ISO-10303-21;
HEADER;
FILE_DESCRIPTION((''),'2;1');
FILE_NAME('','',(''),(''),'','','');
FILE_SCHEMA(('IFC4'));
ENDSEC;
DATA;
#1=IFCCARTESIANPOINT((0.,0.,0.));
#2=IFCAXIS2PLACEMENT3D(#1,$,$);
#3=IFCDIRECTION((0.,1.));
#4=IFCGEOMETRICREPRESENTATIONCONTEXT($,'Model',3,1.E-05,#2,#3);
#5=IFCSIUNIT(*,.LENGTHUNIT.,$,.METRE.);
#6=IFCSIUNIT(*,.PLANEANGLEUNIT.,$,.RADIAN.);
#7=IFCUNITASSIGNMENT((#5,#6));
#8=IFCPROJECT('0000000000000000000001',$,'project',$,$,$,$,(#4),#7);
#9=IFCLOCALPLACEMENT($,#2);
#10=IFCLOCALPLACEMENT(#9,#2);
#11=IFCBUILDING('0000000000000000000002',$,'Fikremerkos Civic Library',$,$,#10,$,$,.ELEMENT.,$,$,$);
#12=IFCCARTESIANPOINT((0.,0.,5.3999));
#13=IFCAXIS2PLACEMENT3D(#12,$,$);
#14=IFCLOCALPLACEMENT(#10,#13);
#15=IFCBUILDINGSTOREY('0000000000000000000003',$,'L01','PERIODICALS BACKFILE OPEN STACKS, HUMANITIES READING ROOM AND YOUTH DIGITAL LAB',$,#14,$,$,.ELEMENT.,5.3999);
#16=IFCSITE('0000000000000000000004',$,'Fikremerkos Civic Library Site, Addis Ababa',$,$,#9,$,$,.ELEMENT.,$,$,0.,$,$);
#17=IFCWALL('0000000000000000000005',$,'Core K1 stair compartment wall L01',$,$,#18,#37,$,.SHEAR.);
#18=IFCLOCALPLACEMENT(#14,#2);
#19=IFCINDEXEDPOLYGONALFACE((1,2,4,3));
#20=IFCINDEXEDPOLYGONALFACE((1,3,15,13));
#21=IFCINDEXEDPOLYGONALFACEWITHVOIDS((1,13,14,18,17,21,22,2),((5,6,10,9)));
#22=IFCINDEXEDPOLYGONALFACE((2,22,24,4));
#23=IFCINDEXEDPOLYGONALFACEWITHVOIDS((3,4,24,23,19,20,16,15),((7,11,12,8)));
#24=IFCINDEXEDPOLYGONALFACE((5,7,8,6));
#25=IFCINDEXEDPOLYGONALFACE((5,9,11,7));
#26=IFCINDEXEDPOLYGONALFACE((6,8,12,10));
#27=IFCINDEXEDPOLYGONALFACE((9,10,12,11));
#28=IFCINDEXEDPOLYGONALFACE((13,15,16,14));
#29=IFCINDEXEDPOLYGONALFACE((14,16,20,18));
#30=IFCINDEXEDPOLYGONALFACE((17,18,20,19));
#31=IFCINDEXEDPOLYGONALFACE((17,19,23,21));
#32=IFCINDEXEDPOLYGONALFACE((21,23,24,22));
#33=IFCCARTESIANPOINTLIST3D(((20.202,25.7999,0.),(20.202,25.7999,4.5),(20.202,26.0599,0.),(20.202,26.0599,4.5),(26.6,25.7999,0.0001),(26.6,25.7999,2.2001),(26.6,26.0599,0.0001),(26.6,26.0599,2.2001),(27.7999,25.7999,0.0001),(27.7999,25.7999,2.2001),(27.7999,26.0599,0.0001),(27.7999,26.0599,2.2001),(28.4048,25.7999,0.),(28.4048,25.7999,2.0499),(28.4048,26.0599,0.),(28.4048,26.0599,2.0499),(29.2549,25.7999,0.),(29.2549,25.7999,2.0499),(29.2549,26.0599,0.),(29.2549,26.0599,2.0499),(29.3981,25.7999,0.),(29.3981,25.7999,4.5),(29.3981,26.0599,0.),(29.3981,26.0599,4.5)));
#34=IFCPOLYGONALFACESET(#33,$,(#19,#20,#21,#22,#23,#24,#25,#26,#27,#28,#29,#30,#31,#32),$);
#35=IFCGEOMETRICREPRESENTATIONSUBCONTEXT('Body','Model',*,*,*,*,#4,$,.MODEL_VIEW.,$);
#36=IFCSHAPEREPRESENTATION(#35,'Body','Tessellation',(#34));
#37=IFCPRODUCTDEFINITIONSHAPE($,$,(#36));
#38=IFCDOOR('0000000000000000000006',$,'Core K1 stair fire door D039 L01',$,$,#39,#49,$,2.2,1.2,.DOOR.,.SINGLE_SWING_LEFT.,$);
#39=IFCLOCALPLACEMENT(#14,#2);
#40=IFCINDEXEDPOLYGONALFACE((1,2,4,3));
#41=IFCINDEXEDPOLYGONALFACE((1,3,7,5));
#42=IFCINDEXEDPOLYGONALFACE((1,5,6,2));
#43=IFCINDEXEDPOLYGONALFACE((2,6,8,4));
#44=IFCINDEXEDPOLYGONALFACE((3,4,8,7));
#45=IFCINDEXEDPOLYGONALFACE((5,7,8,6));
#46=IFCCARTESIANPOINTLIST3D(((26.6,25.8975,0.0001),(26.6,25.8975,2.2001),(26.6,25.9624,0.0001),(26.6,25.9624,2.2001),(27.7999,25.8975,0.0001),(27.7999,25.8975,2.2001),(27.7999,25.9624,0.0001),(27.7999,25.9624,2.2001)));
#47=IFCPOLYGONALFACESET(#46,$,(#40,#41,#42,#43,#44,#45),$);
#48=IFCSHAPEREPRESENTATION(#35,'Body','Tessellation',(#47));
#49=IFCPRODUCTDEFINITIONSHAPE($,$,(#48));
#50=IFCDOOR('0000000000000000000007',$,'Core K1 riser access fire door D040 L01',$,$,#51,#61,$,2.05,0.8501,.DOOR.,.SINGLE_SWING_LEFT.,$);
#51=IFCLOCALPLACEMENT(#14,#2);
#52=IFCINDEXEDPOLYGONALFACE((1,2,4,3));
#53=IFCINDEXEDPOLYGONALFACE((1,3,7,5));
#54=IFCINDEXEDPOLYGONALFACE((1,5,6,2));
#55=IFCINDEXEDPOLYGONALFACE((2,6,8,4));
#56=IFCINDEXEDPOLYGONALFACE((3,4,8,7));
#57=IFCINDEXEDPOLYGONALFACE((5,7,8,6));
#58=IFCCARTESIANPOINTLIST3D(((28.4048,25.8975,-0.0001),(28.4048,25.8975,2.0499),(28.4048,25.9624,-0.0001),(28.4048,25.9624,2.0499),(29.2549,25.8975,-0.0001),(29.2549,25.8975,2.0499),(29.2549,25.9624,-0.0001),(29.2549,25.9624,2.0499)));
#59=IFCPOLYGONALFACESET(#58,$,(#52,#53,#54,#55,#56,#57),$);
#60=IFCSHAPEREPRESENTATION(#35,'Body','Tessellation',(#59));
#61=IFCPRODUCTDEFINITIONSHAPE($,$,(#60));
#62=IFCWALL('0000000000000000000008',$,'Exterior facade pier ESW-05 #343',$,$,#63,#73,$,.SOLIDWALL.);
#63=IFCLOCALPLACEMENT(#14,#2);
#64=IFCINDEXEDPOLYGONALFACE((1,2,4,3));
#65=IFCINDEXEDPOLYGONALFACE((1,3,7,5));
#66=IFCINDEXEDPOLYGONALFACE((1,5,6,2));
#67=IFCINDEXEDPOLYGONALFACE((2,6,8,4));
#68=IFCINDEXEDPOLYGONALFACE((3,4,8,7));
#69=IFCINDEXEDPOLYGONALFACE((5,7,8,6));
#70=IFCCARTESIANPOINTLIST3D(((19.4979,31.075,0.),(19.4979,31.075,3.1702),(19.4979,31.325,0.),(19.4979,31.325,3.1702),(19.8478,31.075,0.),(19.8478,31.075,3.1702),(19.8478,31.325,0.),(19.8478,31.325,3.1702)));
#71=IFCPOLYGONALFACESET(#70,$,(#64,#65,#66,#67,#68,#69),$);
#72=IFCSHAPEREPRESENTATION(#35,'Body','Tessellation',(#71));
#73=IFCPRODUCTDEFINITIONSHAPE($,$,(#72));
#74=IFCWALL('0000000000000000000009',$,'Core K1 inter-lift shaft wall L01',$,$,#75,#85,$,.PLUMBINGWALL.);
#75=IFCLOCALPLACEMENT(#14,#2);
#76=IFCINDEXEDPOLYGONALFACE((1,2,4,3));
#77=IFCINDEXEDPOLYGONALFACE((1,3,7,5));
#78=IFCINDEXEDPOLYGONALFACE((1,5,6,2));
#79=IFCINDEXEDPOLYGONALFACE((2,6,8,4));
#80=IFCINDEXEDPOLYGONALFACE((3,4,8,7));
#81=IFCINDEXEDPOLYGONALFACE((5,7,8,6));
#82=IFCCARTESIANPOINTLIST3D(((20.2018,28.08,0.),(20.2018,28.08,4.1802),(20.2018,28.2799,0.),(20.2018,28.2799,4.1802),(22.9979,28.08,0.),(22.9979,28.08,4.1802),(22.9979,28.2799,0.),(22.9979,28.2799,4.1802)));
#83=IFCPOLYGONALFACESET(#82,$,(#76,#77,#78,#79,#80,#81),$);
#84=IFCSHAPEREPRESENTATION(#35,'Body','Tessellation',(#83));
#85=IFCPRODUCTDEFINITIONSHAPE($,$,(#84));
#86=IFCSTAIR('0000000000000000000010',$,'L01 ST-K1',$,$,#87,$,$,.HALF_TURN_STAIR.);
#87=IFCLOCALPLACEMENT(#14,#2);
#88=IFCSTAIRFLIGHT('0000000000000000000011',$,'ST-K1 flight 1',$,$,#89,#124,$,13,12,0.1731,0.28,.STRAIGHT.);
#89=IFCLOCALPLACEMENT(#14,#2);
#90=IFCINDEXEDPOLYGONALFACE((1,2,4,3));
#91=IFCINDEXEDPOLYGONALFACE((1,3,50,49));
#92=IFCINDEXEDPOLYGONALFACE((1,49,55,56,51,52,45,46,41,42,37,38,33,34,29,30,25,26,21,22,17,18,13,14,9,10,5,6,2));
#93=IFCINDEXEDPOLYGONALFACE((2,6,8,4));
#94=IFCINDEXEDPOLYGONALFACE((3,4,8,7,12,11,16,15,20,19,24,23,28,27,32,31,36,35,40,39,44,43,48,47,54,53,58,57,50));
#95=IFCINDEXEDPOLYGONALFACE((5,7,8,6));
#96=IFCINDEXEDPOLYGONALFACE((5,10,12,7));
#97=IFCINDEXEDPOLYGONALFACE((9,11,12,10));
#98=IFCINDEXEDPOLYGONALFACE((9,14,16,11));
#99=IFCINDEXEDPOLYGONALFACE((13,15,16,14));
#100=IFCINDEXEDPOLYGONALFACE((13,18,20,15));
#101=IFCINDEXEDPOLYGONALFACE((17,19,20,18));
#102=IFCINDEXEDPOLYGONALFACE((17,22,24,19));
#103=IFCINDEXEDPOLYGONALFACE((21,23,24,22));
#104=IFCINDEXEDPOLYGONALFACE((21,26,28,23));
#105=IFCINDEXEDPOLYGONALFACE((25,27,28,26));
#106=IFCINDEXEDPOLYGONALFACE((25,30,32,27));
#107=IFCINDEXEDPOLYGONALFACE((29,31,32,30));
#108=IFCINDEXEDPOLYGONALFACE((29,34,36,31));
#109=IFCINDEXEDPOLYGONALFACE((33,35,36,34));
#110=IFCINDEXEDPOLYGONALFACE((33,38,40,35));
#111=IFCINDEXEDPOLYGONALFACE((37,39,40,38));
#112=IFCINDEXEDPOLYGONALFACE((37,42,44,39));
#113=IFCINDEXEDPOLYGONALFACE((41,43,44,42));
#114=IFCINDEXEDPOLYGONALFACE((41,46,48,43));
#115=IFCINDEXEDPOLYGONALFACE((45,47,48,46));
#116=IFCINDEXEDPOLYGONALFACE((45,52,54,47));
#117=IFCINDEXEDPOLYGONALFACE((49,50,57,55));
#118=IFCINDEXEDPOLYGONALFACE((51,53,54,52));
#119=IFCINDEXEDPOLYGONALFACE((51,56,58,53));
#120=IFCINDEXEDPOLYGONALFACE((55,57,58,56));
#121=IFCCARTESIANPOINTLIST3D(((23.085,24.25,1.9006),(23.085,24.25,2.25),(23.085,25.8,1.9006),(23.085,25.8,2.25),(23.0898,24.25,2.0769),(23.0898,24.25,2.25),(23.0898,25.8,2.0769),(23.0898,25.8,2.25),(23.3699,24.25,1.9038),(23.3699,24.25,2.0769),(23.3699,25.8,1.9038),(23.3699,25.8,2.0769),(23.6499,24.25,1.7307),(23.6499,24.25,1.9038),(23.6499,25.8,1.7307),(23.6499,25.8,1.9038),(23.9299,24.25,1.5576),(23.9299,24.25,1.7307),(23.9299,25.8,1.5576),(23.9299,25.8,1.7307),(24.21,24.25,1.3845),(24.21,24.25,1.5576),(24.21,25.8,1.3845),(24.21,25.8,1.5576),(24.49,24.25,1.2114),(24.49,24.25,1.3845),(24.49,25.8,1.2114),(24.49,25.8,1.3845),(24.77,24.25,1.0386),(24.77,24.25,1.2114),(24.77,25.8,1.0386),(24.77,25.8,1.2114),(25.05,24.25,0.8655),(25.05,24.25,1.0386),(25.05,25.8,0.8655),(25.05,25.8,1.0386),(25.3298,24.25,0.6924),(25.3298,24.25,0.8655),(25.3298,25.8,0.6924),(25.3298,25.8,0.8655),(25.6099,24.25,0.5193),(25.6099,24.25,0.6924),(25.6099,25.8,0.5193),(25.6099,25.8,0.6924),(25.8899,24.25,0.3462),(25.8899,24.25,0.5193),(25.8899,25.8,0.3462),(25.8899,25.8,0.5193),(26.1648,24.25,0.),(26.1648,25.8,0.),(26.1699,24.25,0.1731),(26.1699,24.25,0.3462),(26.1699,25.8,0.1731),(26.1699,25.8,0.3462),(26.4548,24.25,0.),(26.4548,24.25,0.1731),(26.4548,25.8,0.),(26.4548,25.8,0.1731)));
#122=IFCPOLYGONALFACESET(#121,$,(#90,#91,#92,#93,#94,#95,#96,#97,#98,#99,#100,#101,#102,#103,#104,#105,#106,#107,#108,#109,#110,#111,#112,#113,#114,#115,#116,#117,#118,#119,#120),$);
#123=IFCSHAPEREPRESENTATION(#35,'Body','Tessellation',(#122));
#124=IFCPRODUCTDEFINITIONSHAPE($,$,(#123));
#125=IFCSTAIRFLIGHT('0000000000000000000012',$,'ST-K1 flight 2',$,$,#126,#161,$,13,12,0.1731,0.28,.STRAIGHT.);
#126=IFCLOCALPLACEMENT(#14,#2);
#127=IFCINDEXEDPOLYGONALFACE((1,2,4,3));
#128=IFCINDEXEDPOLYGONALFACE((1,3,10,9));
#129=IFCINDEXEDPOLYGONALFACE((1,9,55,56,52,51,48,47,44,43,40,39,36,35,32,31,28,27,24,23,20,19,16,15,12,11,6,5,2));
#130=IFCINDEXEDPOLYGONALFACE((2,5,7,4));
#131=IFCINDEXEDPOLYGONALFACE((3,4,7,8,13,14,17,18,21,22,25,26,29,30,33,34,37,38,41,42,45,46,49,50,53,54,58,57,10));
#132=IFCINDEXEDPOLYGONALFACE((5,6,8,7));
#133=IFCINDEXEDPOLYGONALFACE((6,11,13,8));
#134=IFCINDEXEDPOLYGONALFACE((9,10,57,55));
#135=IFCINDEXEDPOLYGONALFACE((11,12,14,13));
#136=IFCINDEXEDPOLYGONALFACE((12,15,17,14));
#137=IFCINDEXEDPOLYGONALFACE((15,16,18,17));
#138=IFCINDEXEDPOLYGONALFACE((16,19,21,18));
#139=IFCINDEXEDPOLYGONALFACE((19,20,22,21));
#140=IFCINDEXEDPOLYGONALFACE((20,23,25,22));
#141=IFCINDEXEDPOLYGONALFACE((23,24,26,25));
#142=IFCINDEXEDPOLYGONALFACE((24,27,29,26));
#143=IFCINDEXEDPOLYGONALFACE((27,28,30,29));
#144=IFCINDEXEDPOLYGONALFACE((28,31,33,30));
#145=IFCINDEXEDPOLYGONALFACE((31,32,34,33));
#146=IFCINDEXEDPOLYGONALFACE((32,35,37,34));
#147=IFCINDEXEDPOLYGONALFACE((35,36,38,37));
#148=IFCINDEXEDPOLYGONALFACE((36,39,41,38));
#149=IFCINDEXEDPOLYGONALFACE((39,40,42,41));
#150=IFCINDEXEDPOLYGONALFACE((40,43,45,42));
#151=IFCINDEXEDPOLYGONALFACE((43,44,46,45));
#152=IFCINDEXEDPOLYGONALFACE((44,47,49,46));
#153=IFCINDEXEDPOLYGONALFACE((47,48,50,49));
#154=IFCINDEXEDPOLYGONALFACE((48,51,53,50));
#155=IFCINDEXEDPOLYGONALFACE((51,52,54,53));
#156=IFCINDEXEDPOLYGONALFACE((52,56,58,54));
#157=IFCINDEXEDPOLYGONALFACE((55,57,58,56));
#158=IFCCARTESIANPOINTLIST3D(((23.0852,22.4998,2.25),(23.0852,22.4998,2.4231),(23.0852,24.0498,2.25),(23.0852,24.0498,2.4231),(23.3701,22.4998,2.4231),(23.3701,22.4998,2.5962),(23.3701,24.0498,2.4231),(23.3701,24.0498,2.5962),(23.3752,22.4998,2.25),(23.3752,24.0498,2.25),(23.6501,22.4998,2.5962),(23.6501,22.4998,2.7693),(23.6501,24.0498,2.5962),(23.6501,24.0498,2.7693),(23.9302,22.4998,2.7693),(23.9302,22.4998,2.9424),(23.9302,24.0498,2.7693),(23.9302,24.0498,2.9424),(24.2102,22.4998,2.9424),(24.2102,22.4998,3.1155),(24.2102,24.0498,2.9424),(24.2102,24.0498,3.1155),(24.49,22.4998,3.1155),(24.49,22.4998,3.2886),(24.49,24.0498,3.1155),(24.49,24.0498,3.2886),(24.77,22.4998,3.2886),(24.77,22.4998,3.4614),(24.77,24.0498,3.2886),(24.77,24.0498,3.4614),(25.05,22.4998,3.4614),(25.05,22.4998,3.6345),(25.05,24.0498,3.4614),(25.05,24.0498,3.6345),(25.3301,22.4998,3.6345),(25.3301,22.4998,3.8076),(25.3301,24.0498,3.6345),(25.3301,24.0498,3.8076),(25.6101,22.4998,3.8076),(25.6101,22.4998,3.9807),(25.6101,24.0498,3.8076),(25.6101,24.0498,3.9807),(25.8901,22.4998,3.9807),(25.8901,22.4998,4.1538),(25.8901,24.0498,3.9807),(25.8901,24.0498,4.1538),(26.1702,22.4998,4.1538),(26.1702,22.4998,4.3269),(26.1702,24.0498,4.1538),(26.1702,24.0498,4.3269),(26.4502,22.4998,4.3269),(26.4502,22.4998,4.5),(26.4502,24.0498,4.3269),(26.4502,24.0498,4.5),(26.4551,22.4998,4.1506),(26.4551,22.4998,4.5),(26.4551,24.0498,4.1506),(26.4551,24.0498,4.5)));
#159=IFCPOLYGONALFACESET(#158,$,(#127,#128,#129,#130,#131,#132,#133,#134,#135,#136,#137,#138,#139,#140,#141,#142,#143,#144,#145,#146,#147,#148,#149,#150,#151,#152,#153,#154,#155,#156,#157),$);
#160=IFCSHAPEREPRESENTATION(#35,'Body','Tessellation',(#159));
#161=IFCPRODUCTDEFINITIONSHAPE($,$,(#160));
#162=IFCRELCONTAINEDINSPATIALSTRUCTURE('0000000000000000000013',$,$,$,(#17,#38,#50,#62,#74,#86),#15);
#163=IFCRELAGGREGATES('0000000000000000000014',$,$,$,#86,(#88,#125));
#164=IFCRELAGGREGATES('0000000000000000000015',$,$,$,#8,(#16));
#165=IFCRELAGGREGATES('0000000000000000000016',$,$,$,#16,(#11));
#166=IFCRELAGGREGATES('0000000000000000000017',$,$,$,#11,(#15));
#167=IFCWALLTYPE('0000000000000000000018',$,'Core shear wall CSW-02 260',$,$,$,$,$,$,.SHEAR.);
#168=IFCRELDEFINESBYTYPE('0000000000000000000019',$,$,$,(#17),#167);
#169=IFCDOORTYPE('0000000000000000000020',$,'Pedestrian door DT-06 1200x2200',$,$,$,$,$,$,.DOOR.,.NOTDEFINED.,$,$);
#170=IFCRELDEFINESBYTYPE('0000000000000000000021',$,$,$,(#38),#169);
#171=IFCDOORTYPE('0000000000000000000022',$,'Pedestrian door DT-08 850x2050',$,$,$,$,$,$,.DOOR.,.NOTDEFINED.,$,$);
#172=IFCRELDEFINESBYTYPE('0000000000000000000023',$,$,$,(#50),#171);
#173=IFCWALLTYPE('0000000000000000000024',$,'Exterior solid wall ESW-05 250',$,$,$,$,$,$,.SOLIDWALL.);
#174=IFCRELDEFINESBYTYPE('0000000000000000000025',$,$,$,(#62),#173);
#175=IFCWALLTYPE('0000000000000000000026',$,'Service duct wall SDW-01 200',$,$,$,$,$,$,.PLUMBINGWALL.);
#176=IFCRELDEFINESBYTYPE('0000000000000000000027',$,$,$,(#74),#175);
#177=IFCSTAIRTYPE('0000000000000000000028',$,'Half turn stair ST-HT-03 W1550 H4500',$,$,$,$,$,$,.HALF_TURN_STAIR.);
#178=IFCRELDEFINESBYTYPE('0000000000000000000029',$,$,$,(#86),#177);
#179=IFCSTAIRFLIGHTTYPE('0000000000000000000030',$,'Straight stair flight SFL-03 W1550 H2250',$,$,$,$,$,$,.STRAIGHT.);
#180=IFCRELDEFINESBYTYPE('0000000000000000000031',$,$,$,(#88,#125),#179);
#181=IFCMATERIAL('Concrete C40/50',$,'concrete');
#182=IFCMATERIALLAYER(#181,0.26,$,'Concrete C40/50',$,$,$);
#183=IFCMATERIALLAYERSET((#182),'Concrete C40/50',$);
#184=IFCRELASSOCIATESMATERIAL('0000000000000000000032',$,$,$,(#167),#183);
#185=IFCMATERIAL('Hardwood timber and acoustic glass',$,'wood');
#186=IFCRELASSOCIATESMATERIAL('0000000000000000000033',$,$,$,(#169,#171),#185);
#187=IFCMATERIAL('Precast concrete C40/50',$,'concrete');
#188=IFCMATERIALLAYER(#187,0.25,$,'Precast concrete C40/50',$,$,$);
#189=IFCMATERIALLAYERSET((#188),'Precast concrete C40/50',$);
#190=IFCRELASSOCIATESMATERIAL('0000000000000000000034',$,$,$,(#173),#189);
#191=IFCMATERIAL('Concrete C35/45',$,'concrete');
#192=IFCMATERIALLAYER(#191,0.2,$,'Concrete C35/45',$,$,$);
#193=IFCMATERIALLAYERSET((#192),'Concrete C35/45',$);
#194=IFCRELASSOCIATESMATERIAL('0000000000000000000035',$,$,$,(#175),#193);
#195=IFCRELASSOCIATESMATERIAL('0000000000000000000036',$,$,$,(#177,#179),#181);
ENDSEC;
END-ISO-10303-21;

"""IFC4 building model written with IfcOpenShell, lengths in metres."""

from ifc_helpers import new_model, si_unit, direction, frame, frame_2d, origin, place, context, subcontext, project, spatial, polyline, rectangle, outline, extrude, material, layer, layer_set, type_object, element, fill, aggregate, save


model = new_model("IFC4")

# Units and contexts
model_context = context("Model", 3, precision=1e-05, world=origin(), true_north=direction((0.0, 1.0)))
body_context = subcontext(model_context, "Body", "Model", "MODEL_VIEW")
ifc_project = project(units=[si_unit("LENGTHUNIT", "METRE"), si_unit("PLANEANGLEUNIT", "RADIAN")], contexts=[model_context])

# Site, building, storey
site_placement = place(None, origin())
site = spatial("IfcSite", under=ifc_project, at=site_placement, Name="Fikremerkos Civic Library Site, Addis Ababa", CompositionType="ELEMENT", RefElevation=0.0)
building_placement = place(site_placement, origin())
building = spatial("IfcBuilding", under=site, at=building_placement, Name="Fikremerkos Civic Library", CompositionType="ELEMENT")
storey_placement = place(building_placement, frame((0.0, 0.0, 5.3999)))
storey = spatial("IfcBuildingStorey", under=building, at=storey_placement, Name="L01", Description="PERIODICALS BACKFILE OPEN STACKS, HUMANITIES READING ROOM AND YOUTH DIGITAL LAB", CompositionType="ELEMENT", Elevation=5.3999)

# Shared definitions
ifc_material_1 = material(Name="Concrete C40/50", Category="concrete")

# Shared definitions
ifc_material_2 = material(Name="Hardwood timber and acoustic glass", Category="wood")

# Wall, openings, doors
ifc_layer_1 = layer(ifc_material_1, 0.26, Name="Concrete C40/50")
ifc_layer_set_1 = layer_set([ifc_layer_1], Name="Concrete C40/50")
wall_type_1 = type_object("IfcWallType", Name="Core shear wall CSW-02 260", PredefinedType="SHEAR", material=ifc_layer_set_1)
wall_1_placement = place(storey_placement, frame((20.2019, 25.9299, 0.0), z_axis=(0.0, 0.0, 1.0), x_axis=(1.0, 0.0, 0.0)))
wall_1 = element("IfcWall", 1, at=wall_1_placement, inside=storey, type_object=wall_type_1, Name="Core K1 stair compartment wall L01", PredefinedType="SHEAR", context=body_context, shape_type="SweptSolid", body=[
    extrude(rectangle(XDim=9.196, YDim=0.26, at=frame_2d((4.5981, 0.0))), origin(), (0.0, 0.0, 1.0), 4.5),
])
opening_1_placement = place(wall_1_placement, frame((6.3979, 0.0, 0.0)))
opening_1 = element("IfcOpeningElement", 2, at=opening_1_placement, cuts=wall_1, PredefinedType="OPENING", context=body_context, shape_type="SweptSolid", body=[
    extrude(rectangle(XDim=1.2, YDim=2.2, at=frame_2d((0.6001, 1.1001))), frame((0.0, 0.1399, 0.0), z_axis=(0.0, -1.0, 0.0), x_axis=(1.0, 0.0, 0.0)), (0.0, 0.0, 1.0), 0.28),
])
opening_2_placement = place(wall_1_placement, frame((8.2029, 0.0, 0.0)))
opening_2 = element("IfcOpeningElement", 3, at=opening_2_placement, cuts=wall_1, PredefinedType="OPENING", context=body_context, shape_type="SweptSolid", body=[
    extrude(rectangle(XDim=0.8501, YDim=2.05, at=frame_2d((0.425, 1.0249))), frame((0.0, 0.1399, 0.0), z_axis=(0.0, -1.0, 0.0), x_axis=(1.0, 0.0, 0.0)), (0.0, 0.0, 1.0), 0.28),
])
door_type_1 = type_object("IfcDoorType", Name="Pedestrian door DT-06 1200x2200", OperationType="NOTDEFINED", PredefinedType="DOOR", material=ifc_material_2)
door_1_placement = place(opening_1_placement, origin())
door_1 = element("IfcDoor", 4, at=door_1_placement, inside=storey, type_object=door_type_1, Name="Core K1 stair fire door D039 L01", OperationType="SINGLE_SWING_LEFT", OverallHeight=2.2, OverallWidth=1.2, PredefinedType="DOOR", context=body_context, shape_type="SweptSolid", body=[
    extrude(rectangle(XDim=1.2, YDim=2.2, at=frame_2d((0.6001, 1.1001))), frame((0.0, 0.0325, 0.0), z_axis=(0.0, -1.0, 0.0), x_axis=(1.0, 0.0, 0.0)), (0.0, 0.0, 1.0), 0.0649),
])
fill(opening_1, door_1)
door_type_2 = type_object("IfcDoorType", Name="Pedestrian door DT-08 850x2050", OperationType="NOTDEFINED", PredefinedType="DOOR", material=ifc_material_2)
door_2_placement = place(opening_2_placement, origin())
door_2 = element("IfcDoor", 5, at=door_2_placement, inside=storey, type_object=door_type_2, Name="Core K1 riser access fire door D040 L01", OperationType="SINGLE_SWING_LEFT", OverallHeight=2.05, OverallWidth=0.8501, PredefinedType="DOOR", context=body_context, shape_type="SweptSolid", body=[
    extrude(rectangle(XDim=0.8501, YDim=2.05, at=frame_2d((0.425, 1.0249))), frame((0.0, 0.0325, 0.0), z_axis=(0.0, -1.0, 0.0), x_axis=(1.0, 0.0, 0.0)), (0.0, 0.0, 1.0), 0.0649),
])
fill(opening_2, door_2)

# Walls
ifc_material_3 = material(Name="Precast concrete C40/50", Category="concrete")
ifc_layer_2 = layer(ifc_material_3, 0.25, Name="Precast concrete C40/50")
ifc_layer_set_2 = layer_set([ifc_layer_2], Name="Precast concrete C40/50")
wall_type_2 = type_object("IfcWallType", Name="Exterior solid wall ESW-05 250", PredefinedType="SOLIDWALL", material=ifc_layer_set_2)
wall_2_placement = place(storey_placement, frame((19.498, 31.2, 0.0), z_axis=(0.0, 0.0, 1.0), x_axis=(1.0, 0.0, 0.0)))
element("IfcWall", 6, at=wall_2_placement, inside=storey, type_object=wall_type_2, Name="Exterior facade pier ESW-05 #343", PredefinedType="SOLIDWALL", context=body_context, shape_type="SweptSolid", body=[
    extrude(rectangle(XDim=0.3499, YDim=0.25, at=frame_2d((0.1748, 0.0))), origin(), (0.0, 0.0, 1.0), 3.1702),
])
ifc_material_4 = material(Name="Concrete C35/45", Category="concrete")
ifc_layer_3 = layer(ifc_material_4, 0.2, Name="Concrete C35/45")
ifc_layer_set_3 = layer_set([ifc_layer_3], Name="Concrete C35/45")
wall_type_3 = type_object("IfcWallType", Name="Service duct wall SDW-01 200", PredefinedType="PLUMBINGWALL", material=ifc_layer_set_3)
wall_3_placement = place(storey_placement, frame((20.2019, 28.1799, 0.0), z_axis=(0.0, 0.0, 1.0), x_axis=(1.0, 0.0, 0.0)))
element("IfcWall", 7, at=wall_3_placement, inside=storey, type_object=wall_type_3, Name="Core K1 inter-lift shaft wall L01", PredefinedType="PLUMBINGWALL", context=body_context, shape_type="SweptSolid", body=[
    extrude(rectangle(XDim=2.7961, YDim=0.2, at=frame_2d((1.3979, 0.0))), origin(), (0.0, 0.0, 1.0), 4.1802),
])

# Stair, stair flights
stair_type = type_object("IfcStairType", Name="Half turn stair ST-HT-03 W1550 H4500", PredefinedType="HALF_TURN_STAIR", material=ifc_material_1)
stair_placement = place(storey_placement, origin())
stair = element("IfcStair", 8, at=stair_placement, inside=storey, type_object=stair_type, Name="L01 ST-K1", PredefinedType="HALF_TURN_STAIR")
stair_flight_type = type_object("IfcStairFlightType", Name="Straight stair flight SFL-03 W1550 H2250", PredefinedType="STRAIGHT", material=ifc_material_1)
stair_flight_1_placement = place(storey_placement, frame((26.45, 25.0249, 0.0), z_axis=(0.0, 0.0, 1.0), x_axis=(-1.0, 0.0, 0.0)))
stair_flight_1 = element("IfcStairFlight", 9, at=stair_flight_1_placement, type_object=stair_flight_type, Name="ST-K1 flight 1", NumberOfRisers=13, NumberOfTreads=12, PredefinedType="STRAIGHT", RiserHeight=0.1731, TreadLength=0.28, context=body_context, shape_type="SweptSolid", body=[
    extrude(outline(polyline([(-0.0049, 0.0), (-0.0049, 0.1731), (0.28, 0.1731), (0.28, 0.3462), (0.5601, 0.3462), (0.5601, 0.5193), (0.8401, 0.5193), (0.8401, 0.6924), (1.1201, 0.6924), (1.1201, 0.8655), (1.3999, 0.8655), (1.3999, 1.0386), (1.6799, 1.0386), (1.6799, 1.2114), (1.96, 1.2114), (1.96, 1.3845), (2.24, 1.3845), (2.24, 1.5576), (2.52, 1.5576), (2.52, 1.7307), (2.8, 1.7307), (2.8, 1.9038), (3.0801, 1.9038), (3.0801, 2.0769), (3.3601, 2.0769), (3.3601, 2.25), (3.365, 2.25), (3.365, 1.9006), (0.2852, 0.0), (-0.0049, 0.0)])), frame((0.0, 0.7749, 0.0), z_axis=(0.0, -1.0, 0.0), x_axis=(1.0, 0.0, 0.0)), (0.0, 0.0, 1.0), 1.55),
])
stair_flight_2_placement = place(storey_placement, frame((23.0901, 23.2749, 2.25), z_axis=(0.0, 0.0, 1.0), x_axis=(1.0, 0.0, 0.0)))
stair_flight_2 = element("IfcStairFlight", 10, at=stair_flight_2_placement, type_object=stair_flight_type, Name="ST-K1 flight 2", NumberOfRisers=13, NumberOfTreads=12, PredefinedType="STRAIGHT", RiserHeight=0.1731, TreadLength=0.28, context=body_context, shape_type="SweptSolid", body=[
    extrude(outline(polyline([(-0.0049, 0.0), (-0.0049, 0.1731), (0.28, 0.1731), (0.28, 0.3462), (0.5601, 0.3462), (0.5601, 0.5193), (0.8401, 0.5193), (0.8401, 0.6924), (1.1201, 0.6924), (1.1201, 0.8655), (1.3999, 0.8655), (1.3999, 1.0386), (1.6799, 1.0386), (1.6799, 1.2114), (1.96, 1.2114), (1.96, 1.3845), (2.24, 1.3845), (2.24, 1.5576), (2.52, 1.5576), (2.52, 1.7307), (2.8, 1.7307), (2.8, 1.9038), (3.0801, 1.9038), (3.0801, 2.0769), (3.3601, 2.0769), (3.3601, 2.25), (3.365, 2.25), (3.365, 1.9006), (0.2852, 0.0), (-0.0049, 0.0)])), frame((0.0, 0.7749, 0.0), z_axis=(0.0, -1.0, 0.0), x_axis=(1.0, 0.0, 0.0)), (0.0, 0.0, 1.0), 1.55),
])
aggregate(stair, [stair_flight_1, stair_flight_2])

save(model, "model.ifc")
